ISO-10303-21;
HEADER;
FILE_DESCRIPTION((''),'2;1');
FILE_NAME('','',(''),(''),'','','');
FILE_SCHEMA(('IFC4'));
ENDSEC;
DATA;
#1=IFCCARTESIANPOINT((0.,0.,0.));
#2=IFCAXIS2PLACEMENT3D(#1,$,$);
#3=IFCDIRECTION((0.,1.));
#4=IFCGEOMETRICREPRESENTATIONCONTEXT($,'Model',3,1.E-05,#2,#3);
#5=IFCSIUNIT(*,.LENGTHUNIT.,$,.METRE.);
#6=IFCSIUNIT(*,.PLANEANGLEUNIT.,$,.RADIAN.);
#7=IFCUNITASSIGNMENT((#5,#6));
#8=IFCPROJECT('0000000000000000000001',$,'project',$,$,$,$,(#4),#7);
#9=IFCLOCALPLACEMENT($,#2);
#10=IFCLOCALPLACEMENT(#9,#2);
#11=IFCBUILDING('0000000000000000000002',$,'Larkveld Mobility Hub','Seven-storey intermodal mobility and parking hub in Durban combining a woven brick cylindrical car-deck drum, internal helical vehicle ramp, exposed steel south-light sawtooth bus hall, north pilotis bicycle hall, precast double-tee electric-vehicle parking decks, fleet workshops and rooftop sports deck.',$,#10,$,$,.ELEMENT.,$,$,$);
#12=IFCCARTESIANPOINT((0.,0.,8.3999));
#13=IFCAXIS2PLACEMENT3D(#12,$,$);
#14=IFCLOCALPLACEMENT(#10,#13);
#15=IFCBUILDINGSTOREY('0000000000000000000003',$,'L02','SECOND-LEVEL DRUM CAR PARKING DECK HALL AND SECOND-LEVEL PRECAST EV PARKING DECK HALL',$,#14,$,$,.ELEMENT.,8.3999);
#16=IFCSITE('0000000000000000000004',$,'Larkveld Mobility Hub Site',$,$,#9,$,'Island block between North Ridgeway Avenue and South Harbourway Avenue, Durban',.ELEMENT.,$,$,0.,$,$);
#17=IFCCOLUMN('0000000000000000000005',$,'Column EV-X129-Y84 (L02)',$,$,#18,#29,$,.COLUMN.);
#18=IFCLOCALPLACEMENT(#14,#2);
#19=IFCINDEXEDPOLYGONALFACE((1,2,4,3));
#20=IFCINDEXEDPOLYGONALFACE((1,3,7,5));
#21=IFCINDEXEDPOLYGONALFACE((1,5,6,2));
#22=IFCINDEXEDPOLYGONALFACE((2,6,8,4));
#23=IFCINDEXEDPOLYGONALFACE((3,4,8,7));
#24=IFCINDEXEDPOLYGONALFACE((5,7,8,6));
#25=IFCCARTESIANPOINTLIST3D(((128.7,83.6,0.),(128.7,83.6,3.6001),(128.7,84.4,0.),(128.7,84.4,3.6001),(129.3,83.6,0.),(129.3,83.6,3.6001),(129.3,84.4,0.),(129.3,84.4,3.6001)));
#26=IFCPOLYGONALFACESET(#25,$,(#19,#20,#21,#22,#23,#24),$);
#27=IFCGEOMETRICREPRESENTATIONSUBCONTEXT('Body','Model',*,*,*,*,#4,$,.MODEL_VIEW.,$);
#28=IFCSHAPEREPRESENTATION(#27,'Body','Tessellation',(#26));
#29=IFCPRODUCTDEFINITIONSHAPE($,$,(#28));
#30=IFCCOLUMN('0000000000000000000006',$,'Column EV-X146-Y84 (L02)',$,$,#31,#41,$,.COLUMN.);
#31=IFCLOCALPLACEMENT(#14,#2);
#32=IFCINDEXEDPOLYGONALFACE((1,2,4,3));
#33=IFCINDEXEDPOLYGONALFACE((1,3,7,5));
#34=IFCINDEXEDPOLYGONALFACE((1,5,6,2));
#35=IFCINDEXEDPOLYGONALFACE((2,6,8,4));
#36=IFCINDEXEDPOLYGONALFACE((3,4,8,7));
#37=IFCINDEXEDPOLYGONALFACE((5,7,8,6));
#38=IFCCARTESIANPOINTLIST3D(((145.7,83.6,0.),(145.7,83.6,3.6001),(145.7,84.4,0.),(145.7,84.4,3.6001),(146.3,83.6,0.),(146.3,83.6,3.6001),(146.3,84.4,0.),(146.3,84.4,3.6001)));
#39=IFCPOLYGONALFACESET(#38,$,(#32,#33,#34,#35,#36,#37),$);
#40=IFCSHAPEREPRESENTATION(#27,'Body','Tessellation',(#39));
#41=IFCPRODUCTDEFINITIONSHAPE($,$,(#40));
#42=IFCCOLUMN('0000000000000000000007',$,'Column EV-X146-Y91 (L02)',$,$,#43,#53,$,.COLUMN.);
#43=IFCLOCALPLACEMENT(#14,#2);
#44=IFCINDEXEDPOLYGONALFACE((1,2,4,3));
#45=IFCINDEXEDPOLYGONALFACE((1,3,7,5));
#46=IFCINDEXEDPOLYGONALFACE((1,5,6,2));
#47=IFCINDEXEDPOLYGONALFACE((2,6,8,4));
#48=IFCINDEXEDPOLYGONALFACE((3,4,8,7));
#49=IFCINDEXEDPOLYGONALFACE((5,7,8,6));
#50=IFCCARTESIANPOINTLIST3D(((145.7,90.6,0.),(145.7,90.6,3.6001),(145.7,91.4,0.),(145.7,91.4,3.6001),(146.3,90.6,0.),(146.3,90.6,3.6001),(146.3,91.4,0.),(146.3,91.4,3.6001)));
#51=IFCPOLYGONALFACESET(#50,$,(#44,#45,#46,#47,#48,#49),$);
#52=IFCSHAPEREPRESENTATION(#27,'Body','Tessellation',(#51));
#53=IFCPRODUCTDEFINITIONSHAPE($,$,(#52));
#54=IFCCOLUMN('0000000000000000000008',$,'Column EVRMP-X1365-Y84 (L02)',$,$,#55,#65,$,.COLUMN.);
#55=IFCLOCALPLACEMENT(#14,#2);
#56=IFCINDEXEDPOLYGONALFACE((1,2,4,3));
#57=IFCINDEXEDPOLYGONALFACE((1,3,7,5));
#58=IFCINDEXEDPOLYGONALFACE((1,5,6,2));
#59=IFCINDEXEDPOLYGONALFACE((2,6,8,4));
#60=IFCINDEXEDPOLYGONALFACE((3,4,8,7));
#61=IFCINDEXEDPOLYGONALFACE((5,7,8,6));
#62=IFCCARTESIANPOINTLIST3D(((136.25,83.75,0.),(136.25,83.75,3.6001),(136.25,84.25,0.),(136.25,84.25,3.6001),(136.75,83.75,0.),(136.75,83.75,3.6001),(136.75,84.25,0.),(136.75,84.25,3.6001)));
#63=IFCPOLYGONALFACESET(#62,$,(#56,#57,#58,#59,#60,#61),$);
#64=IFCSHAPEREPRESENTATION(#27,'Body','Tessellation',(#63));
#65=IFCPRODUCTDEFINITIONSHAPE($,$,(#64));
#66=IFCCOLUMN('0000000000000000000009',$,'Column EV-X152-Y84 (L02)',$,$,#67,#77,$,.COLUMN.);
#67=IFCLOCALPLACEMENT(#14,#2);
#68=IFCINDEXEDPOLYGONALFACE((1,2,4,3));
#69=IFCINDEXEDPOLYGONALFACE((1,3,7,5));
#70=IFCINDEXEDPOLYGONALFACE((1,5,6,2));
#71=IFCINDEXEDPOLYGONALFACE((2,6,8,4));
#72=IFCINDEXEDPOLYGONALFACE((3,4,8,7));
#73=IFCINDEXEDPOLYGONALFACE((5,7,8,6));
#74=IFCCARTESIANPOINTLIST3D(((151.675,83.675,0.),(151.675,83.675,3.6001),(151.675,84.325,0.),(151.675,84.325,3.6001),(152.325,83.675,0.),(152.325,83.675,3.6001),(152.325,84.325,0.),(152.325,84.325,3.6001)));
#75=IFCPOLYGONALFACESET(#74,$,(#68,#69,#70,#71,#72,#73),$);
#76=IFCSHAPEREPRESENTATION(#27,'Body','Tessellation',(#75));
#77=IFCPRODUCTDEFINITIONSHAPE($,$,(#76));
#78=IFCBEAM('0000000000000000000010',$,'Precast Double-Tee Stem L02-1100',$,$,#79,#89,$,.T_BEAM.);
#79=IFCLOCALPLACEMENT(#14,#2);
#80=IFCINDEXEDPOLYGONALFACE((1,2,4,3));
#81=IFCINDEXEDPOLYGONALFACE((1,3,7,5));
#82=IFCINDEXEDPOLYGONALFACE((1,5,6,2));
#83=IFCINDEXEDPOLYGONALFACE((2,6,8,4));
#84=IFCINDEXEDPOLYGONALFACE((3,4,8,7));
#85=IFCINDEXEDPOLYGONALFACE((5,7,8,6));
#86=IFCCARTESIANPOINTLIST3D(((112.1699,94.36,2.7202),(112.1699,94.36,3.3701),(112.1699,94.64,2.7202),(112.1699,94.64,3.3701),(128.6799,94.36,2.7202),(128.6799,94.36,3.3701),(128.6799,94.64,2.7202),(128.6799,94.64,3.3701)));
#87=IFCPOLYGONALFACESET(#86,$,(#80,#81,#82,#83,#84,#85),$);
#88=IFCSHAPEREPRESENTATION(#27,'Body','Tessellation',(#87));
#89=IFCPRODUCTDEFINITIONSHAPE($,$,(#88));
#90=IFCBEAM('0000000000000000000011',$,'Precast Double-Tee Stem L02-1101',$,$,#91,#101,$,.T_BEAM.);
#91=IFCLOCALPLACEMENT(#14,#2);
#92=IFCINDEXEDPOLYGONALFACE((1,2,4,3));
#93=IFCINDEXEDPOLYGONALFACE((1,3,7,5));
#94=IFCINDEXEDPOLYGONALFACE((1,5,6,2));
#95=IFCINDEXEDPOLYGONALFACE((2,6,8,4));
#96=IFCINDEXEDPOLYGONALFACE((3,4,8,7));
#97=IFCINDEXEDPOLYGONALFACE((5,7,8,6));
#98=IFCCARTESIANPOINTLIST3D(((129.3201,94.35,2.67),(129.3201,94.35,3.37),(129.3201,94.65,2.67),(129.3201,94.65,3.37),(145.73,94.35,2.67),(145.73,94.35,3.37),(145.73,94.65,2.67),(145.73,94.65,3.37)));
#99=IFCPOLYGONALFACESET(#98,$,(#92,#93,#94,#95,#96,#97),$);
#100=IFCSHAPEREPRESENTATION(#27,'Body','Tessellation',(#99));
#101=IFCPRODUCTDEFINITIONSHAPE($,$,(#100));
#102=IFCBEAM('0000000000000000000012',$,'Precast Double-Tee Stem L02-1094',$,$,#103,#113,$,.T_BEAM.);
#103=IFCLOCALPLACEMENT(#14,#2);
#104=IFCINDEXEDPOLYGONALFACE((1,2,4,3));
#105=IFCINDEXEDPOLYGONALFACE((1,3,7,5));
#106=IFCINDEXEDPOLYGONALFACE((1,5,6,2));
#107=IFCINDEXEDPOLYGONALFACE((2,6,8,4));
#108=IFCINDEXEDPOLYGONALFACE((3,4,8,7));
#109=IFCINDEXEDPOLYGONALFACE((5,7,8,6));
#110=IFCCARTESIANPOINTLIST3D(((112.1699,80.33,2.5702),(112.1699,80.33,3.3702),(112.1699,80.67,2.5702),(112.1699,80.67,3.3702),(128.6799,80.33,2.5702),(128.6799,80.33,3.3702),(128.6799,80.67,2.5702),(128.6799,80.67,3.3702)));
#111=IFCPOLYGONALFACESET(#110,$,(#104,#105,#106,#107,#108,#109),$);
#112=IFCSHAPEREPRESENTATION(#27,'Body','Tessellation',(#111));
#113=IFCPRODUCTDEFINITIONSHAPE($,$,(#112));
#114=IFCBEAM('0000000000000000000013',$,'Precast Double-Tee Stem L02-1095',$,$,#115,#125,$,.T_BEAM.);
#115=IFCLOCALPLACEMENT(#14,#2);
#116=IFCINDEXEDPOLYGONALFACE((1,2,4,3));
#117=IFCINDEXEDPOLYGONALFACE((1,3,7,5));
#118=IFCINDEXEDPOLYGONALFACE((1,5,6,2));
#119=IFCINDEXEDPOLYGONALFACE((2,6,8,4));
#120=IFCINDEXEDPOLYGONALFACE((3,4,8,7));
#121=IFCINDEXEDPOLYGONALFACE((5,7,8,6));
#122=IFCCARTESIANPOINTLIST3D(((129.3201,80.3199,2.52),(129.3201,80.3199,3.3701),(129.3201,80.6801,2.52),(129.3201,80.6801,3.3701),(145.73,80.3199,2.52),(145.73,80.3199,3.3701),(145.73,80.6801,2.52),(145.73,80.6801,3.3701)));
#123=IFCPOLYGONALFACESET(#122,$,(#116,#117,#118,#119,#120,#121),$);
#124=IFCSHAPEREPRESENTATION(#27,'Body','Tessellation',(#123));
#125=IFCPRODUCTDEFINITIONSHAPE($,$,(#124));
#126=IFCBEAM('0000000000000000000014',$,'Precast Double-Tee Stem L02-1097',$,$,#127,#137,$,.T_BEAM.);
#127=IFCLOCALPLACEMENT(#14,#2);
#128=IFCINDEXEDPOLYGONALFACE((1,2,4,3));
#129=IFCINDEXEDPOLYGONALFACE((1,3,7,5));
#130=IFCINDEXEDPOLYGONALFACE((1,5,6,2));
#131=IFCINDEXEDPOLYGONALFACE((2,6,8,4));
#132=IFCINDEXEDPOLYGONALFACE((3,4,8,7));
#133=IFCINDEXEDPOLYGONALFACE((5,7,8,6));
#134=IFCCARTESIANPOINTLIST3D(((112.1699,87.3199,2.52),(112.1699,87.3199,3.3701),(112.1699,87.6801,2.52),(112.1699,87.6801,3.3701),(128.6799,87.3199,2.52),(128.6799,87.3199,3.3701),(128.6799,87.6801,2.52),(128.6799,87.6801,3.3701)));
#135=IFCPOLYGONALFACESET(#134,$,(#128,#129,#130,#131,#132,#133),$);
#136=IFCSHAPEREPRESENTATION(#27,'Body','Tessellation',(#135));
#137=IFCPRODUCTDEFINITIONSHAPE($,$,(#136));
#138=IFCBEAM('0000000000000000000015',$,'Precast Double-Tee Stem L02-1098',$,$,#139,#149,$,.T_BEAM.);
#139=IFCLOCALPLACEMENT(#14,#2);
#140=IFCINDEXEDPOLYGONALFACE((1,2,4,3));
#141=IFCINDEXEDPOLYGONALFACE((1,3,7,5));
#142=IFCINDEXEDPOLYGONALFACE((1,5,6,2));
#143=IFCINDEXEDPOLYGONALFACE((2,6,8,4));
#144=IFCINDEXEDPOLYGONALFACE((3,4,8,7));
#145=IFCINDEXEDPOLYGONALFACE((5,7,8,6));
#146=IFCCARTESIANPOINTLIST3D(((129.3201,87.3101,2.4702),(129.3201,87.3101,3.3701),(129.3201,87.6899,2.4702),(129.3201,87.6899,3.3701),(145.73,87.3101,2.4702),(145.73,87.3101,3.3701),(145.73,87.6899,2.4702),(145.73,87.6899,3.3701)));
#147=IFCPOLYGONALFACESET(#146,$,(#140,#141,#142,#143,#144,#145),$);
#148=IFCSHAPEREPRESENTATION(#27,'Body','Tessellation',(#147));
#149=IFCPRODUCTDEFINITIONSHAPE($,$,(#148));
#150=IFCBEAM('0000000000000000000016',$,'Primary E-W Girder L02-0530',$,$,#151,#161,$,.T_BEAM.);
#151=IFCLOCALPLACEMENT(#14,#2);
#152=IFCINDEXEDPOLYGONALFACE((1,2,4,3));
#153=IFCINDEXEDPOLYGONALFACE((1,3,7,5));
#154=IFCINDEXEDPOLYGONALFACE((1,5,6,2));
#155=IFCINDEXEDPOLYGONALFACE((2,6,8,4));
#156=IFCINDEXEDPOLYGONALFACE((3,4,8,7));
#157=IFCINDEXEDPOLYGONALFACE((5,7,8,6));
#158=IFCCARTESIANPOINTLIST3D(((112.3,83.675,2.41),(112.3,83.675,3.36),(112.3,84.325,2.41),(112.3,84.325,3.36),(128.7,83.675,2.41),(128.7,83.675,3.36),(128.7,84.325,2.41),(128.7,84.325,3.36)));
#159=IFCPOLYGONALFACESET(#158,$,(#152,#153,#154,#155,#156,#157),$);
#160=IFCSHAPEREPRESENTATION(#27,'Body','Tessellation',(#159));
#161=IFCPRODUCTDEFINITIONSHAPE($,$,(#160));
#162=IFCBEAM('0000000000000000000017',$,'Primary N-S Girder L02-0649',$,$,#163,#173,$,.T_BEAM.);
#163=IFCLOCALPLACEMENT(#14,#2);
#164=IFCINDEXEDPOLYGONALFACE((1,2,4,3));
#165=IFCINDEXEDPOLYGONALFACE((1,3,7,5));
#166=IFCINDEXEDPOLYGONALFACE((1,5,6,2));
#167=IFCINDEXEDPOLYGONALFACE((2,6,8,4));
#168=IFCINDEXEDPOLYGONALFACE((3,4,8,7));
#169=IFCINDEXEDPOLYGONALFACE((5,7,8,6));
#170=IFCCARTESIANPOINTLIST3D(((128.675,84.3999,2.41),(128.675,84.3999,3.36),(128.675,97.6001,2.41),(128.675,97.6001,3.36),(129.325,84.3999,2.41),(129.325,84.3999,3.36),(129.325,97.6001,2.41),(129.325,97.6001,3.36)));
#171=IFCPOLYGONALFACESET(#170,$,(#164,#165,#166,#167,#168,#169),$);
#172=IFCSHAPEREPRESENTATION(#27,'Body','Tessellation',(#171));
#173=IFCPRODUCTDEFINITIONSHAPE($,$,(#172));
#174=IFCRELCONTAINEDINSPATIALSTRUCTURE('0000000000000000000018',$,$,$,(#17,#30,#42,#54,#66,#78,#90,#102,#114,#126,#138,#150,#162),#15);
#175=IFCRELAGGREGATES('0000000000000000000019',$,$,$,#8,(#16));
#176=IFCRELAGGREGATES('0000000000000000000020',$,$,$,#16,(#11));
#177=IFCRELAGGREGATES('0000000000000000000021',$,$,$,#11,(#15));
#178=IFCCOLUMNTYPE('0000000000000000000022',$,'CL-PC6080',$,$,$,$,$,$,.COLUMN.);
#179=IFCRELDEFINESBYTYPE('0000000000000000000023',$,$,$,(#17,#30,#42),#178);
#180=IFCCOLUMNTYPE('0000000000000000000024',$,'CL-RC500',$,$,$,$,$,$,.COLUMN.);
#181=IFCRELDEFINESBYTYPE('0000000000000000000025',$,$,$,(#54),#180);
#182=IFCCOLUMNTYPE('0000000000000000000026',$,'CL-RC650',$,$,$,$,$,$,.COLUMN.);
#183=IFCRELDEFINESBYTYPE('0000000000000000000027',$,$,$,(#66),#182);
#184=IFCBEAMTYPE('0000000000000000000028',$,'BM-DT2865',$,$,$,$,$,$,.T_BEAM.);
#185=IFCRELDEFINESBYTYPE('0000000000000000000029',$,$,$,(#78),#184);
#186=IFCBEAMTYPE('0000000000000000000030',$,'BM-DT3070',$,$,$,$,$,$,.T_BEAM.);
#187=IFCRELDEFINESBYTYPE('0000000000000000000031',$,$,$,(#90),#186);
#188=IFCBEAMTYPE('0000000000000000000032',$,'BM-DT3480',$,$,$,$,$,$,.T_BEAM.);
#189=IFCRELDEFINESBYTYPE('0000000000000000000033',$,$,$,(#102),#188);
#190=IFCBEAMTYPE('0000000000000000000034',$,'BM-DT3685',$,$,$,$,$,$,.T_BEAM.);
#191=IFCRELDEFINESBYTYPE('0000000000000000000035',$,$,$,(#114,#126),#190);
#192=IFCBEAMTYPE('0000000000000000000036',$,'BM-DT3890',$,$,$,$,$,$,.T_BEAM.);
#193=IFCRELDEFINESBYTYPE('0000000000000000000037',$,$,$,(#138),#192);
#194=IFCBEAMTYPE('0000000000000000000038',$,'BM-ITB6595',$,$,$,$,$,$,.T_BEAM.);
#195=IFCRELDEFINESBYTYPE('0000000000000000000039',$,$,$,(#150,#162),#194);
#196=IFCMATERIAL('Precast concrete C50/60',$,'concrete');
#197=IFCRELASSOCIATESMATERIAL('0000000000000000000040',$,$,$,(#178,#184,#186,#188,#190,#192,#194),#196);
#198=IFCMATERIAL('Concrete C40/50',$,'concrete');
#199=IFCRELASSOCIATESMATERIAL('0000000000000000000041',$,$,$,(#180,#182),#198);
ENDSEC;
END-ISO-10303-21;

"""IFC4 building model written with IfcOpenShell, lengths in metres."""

from ifc_helpers import new_model, si_unit, direction, frame, origin, origin_2d, place, context, subcontext, project, spatial, rectangle, extrude, material, material_profile, profile_set, type_object, element, save


model = new_model("IFC4")

# Units and contexts
model_context = context("Model", 3, precision=1e-05, world=origin(), true_north=direction((0.0, 1.0)))
body_context = subcontext(model_context, "Body", "Model", "MODEL_VIEW")
ifc_project = project(units=[si_unit("LENGTHUNIT", "METRE"), si_unit("PLANEANGLEUNIT", "RADIAN")], contexts=[model_context])

# Site, building, storey
site_placement = place(None, origin())
site = spatial("IfcSite", under=ifc_project, at=site_placement, Name="Larkveld Mobility Hub Site", LongName="Island block between North Ridgeway Avenue and South Harbourway Avenue, Durban", CompositionType="ELEMENT", RefElevation=0.0)
building_placement = place(site_placement, origin())
building = spatial("IfcBuilding", under=site, at=building_placement, Name="Larkveld Mobility Hub", Description="Seven-storey intermodal mobility and parking hub in Durban combining a woven brick cylindrical car-deck drum, internal helical vehicle ramp, exposed steel south-light sawtooth bus hall, north pilotis bicycle hall, precast double-tee electric-vehicle parking decks, fleet workshops and rooftop sports deck.", CompositionType="ELEMENT")
storey_placement = place(building_placement, frame((0.0, 0.0, 8.3999)))
storey = spatial("IfcBuildingStorey", under=building, at=storey_placement, Name="L02", Description="SECOND-LEVEL DRUM CAR PARKING DECK HALL AND SECOND-LEVEL PRECAST EV PARKING DECK HALL", CompositionType="ELEMENT", Elevation=8.3999)

# Columns
ifc_material_1 = material(Name="Precast concrete C50/60", Category="concrete")
ifc_material_profile_1 = material_profile(ifc_material_1, rectangle(XDim=0.6001, YDim=0.8, at=origin_2d()), Name="RC COL 600x800")
ifc_profile_set_1 = profile_set([ifc_material_profile_1], Name="Precast concrete C50/60")
column_type_1 = type_object("IfcColumnType", Name="CL-PC6080", PredefinedType="COLUMN", material=ifc_profile_set_1)
for number, where, z_axis, x_axis, name in (
    (1, (129.0, 84.0, 0.0), (0.0, 0.0, 1.0), (1.0, 0.0, 0.0), "Column EV-X129-Y84 (L02)"),
    (2, (146.0, 84.0, 0.0), (0.0, 0.0, 1.0), (1.0, 0.0, 0.0), "Column EV-X146-Y84 (L02)"),
    (3, (146.0, 91.0, 0.0), (0.0, 0.0, 1.0), (1.0, 0.0, 0.0), "Column EV-X146-Y91 (L02)"),
):
    element("IfcColumn", number, at=place(storey_placement, frame(where, z_axis=z_axis, x_axis=x_axis)), inside=storey, type_object=column_type_1, Name=name, PredefinedType="COLUMN", context=body_context, shape_type="SweptSolid", body=[
        extrude(rectangle(XDim=0.6001, YDim=0.8, at=origin_2d()), origin(), (0.0, 0.0, 1.0), 3.6001),
    ])
ifc_material_2 = material(Name="Concrete C40/50", Category="concrete")
ifc_material_profile_2 = material_profile(ifc_material_2, rectangle(XDim=0.5, YDim=0.5, at=origin_2d()), Name="RC COL 500x500")
ifc_profile_set_2 = profile_set([ifc_material_profile_2], Name="Concrete C40/50")
column_type_2 = type_object("IfcColumnType", Name="CL-RC500", PredefinedType="COLUMN", material=ifc_profile_set_2)
column_1_placement = place(storey_placement, frame((136.5, 84.0, 0.0), z_axis=(0.0, 0.0, 1.0), x_axis=(1.0, 0.0, 0.0)))
element("IfcColumn", 4, at=column_1_placement, inside=storey, type_object=column_type_2, Name="Column EVRMP-X1365-Y84 (L02)", PredefinedType="COLUMN", context=body_context, shape_type="SweptSolid", body=[
    extrude(rectangle(XDim=0.5, YDim=0.5, at=origin_2d()), origin(), (0.0, 0.0, 1.0), 3.6001),
])
ifc_material_profile_3 = material_profile(ifc_material_2, rectangle(XDim=0.6499, YDim=0.6499, at=origin_2d()), Name="RC COL 650x650")
ifc_profile_set_3 = profile_set([ifc_material_profile_3], Name="Concrete C40/50")
column_type_3 = type_object("IfcColumnType", Name="CL-RC650", PredefinedType="COLUMN", material=ifc_profile_set_3)
column_2_placement = place(storey_placement, frame((152.0, 84.0, 0.0), z_axis=(0.0, 0.0, 1.0), x_axis=(1.0, 0.0, 0.0)))
element("IfcColumn", 5, at=column_2_placement, inside=storey, type_object=column_type_3, Name="Column EV-X152-Y84 (L02)", PredefinedType="COLUMN", context=body_context, shape_type="SweptSolid", body=[
    extrude(rectangle(XDim=0.6499, YDim=0.6499, at=origin_2d()), origin(), (0.0, 0.0, 1.0), 3.6001),
])

# Beams
ifc_material_profile_4 = material_profile(ifc_material_1, rectangle(XDim=0.28, YDim=0.6499, at=origin_2d()), Name="PC DT 280x650")
ifc_profile_set_4 = profile_set([ifc_material_profile_4], Name="Precast concrete C50/60")
beam_type_1 = type_object("IfcBeamType", Name="BM-DT2865", PredefinedType="T_BEAM", material=ifc_profile_set_4)
beam_1_placement = place(storey_placement, frame((112.1699, 94.5, 3.0452), z_axis=(1.0, 0.0, 0.0), x_axis=(0.0, 1.0, 0.0)))
element("IfcBeam", 6, at=beam_1_placement, inside=storey, type_object=beam_type_1, Name="Precast Double-Tee Stem L02-1100", PredefinedType="T_BEAM", context=body_context, shape_type="SweptSolid", body=[
    extrude(rectangle(XDim=0.28, YDim=0.6499, at=origin_2d()), origin(), (0.0, 0.0, 1.0), 16.51),
])
ifc_material_profile_5 = material_profile(ifc_material_1, rectangle(XDim=0.3, YDim=0.7, at=origin_2d()), Name="PC DT 300x700")
ifc_profile_set_5 = profile_set([ifc_material_profile_5], Name="Precast concrete C50/60")
beam_type_2 = type_object("IfcBeamType", Name="BM-DT3070", PredefinedType="T_BEAM", material=ifc_profile_set_5)
beam_2_placement = place(storey_placement, frame((129.3201, 94.5, 3.02), z_axis=(1.0, 0.0, 0.0), x_axis=(0.0, 1.0, 0.0)))
element("IfcBeam", 7, at=beam_2_placement, inside=storey, type_object=beam_type_2, Name="Precast Double-Tee Stem L02-1101", PredefinedType="T_BEAM", context=body_context, shape_type="SweptSolid", body=[
    extrude(rectangle(XDim=0.3, YDim=0.7, at=origin_2d()), origin(), (0.0, 0.0, 1.0), 16.4099),
])
ifc_material_profile_6 = material_profile(ifc_material_1, rectangle(XDim=0.3401, YDim=0.8, at=origin_2d()), Name="PC DT 340x800")
ifc_profile_set_6 = profile_set([ifc_material_profile_6], Name="Precast concrete C50/60")
beam_type_3 = type_object("IfcBeamType", Name="BM-DT3480", PredefinedType="T_BEAM", material=ifc_profile_set_6)
beam_3_placement = place(storey_placement, frame((112.1699, 80.5, 2.9702), z_axis=(1.0, 0.0, 0.0), x_axis=(0.0, 1.0, 0.0)))
element("IfcBeam", 8, at=beam_3_placement, inside=storey, type_object=beam_type_3, Name="Precast Double-Tee Stem L02-1094", PredefinedType="T_BEAM", context=body_context, shape_type="SweptSolid", body=[
    extrude(rectangle(XDim=0.3401, YDim=0.8, at=origin_2d()), origin(), (0.0, 0.0, 1.0), 16.51),
])
ifc_material_profile_7 = material_profile(ifc_material_1, rectangle(XDim=0.3601, YDim=0.8501, at=origin_2d()), Name="PC DT 360x850")
ifc_profile_set_7 = profile_set([ifc_material_profile_7], Name="Precast concrete C50/60")
beam_type_4 = type_object("IfcBeamType", Name="BM-DT3685", PredefinedType="T_BEAM", material=ifc_profile_set_7)
beam_4_placement = place(storey_placement, frame((129.3201, 80.5, 2.9451), z_axis=(1.0, 0.0, 0.0), x_axis=(0.0, 1.0, 0.0)))
element("IfcBeam", 9, at=beam_4_placement, inside=storey, type_object=beam_type_4, Name="Precast Double-Tee Stem L02-1095", PredefinedType="T_BEAM", context=body_context, shape_type="SweptSolid", body=[
    extrude(rectangle(XDim=0.3601, YDim=0.8501, at=origin_2d()), origin(), (0.0, 0.0, 1.0), 16.4099),
])
beam_5_placement = place(storey_placement, frame((112.1699, 87.5, 2.9451), z_axis=(1.0, 0.0, 0.0), x_axis=(0.0, 1.0, 0.0)))
element("IfcBeam", 10, at=beam_5_placement, inside=storey, type_object=beam_type_4, Name="Precast Double-Tee Stem L02-1097", PredefinedType="T_BEAM", context=body_context, shape_type="SweptSolid", body=[
    extrude(rectangle(XDim=0.3601, YDim=0.8501, at=origin_2d()), origin(), (0.0, 0.0, 1.0), 16.51),
])
ifc_material_profile_8 = material_profile(ifc_material_1, rectangle(XDim=0.3799, YDim=0.8999, at=origin_2d()), Name="PC DT 380x900")
ifc_profile_set_8 = profile_set([ifc_material_profile_8], Name="Precast concrete C50/60")
beam_type_5 = type_object("IfcBeamType", Name="BM-DT3890", PredefinedType="T_BEAM", material=ifc_profile_set_8)
beam_6_placement = place(storey_placement, frame((129.3201, 87.5, 2.9202), z_axis=(1.0, 0.0, 0.0), x_axis=(0.0, 1.0, 0.0)))
element("IfcBeam", 11, at=beam_6_placement, inside=storey, type_object=beam_type_5, Name="Precast Double-Tee Stem L02-1098", PredefinedType="T_BEAM", context=body_context, shape_type="SweptSolid", body=[
    extrude(rectangle(XDim=0.3799, YDim=0.8999, at=origin_2d()), origin(), (0.0, 0.0, 1.0), 16.4099),
])
ifc_material_profile_9 = material_profile(ifc_material_1, rectangle(XDim=0.6499, YDim=0.95, at=origin_2d()), Name="PC ITB 650x950")
ifc_profile_set_9 = profile_set([ifc_material_profile_9], Name="Precast concrete C50/60")
beam_type_6 = type_object("IfcBeamType", Name="BM-ITB6595", PredefinedType="T_BEAM", material=ifc_profile_set_9)
beam_7_placement = place(storey_placement, frame((112.3, 84.0, 2.885), z_axis=(1.0, 0.0, 0.0), x_axis=(0.0, 1.0, 0.0)))
element("IfcBeam", 12, at=beam_7_placement, inside=storey, type_object=beam_type_6, Name="Primary E-W Girder L02-0530", PredefinedType="T_BEAM", context=body_context, shape_type="SweptSolid", body=[
    extrude(rectangle(XDim=0.6499, YDim=0.95, at=origin_2d()), origin(), (0.0, 0.0, 1.0), 16.3999),
])
beam_8_placement = place(storey_placement, frame((129.0, 84.3999, 2.885), z_axis=(0.0, 1.0, 0.0), x_axis=(-1.0, 0.0, 0.0)))
element("IfcBeam", 13, at=beam_8_placement, inside=storey, type_object=beam_type_6, Name="Primary N-S Girder L02-0649", PredefinedType="T_BEAM", context=body_context, shape_type="SweptSolid", body=[
    extrude(rectangle(XDim=0.6499, YDim=0.95, at=origin_2d()), origin(), (0.0, 0.0, 1.0), 13.2002),
])

save(model, "model.ifc")
